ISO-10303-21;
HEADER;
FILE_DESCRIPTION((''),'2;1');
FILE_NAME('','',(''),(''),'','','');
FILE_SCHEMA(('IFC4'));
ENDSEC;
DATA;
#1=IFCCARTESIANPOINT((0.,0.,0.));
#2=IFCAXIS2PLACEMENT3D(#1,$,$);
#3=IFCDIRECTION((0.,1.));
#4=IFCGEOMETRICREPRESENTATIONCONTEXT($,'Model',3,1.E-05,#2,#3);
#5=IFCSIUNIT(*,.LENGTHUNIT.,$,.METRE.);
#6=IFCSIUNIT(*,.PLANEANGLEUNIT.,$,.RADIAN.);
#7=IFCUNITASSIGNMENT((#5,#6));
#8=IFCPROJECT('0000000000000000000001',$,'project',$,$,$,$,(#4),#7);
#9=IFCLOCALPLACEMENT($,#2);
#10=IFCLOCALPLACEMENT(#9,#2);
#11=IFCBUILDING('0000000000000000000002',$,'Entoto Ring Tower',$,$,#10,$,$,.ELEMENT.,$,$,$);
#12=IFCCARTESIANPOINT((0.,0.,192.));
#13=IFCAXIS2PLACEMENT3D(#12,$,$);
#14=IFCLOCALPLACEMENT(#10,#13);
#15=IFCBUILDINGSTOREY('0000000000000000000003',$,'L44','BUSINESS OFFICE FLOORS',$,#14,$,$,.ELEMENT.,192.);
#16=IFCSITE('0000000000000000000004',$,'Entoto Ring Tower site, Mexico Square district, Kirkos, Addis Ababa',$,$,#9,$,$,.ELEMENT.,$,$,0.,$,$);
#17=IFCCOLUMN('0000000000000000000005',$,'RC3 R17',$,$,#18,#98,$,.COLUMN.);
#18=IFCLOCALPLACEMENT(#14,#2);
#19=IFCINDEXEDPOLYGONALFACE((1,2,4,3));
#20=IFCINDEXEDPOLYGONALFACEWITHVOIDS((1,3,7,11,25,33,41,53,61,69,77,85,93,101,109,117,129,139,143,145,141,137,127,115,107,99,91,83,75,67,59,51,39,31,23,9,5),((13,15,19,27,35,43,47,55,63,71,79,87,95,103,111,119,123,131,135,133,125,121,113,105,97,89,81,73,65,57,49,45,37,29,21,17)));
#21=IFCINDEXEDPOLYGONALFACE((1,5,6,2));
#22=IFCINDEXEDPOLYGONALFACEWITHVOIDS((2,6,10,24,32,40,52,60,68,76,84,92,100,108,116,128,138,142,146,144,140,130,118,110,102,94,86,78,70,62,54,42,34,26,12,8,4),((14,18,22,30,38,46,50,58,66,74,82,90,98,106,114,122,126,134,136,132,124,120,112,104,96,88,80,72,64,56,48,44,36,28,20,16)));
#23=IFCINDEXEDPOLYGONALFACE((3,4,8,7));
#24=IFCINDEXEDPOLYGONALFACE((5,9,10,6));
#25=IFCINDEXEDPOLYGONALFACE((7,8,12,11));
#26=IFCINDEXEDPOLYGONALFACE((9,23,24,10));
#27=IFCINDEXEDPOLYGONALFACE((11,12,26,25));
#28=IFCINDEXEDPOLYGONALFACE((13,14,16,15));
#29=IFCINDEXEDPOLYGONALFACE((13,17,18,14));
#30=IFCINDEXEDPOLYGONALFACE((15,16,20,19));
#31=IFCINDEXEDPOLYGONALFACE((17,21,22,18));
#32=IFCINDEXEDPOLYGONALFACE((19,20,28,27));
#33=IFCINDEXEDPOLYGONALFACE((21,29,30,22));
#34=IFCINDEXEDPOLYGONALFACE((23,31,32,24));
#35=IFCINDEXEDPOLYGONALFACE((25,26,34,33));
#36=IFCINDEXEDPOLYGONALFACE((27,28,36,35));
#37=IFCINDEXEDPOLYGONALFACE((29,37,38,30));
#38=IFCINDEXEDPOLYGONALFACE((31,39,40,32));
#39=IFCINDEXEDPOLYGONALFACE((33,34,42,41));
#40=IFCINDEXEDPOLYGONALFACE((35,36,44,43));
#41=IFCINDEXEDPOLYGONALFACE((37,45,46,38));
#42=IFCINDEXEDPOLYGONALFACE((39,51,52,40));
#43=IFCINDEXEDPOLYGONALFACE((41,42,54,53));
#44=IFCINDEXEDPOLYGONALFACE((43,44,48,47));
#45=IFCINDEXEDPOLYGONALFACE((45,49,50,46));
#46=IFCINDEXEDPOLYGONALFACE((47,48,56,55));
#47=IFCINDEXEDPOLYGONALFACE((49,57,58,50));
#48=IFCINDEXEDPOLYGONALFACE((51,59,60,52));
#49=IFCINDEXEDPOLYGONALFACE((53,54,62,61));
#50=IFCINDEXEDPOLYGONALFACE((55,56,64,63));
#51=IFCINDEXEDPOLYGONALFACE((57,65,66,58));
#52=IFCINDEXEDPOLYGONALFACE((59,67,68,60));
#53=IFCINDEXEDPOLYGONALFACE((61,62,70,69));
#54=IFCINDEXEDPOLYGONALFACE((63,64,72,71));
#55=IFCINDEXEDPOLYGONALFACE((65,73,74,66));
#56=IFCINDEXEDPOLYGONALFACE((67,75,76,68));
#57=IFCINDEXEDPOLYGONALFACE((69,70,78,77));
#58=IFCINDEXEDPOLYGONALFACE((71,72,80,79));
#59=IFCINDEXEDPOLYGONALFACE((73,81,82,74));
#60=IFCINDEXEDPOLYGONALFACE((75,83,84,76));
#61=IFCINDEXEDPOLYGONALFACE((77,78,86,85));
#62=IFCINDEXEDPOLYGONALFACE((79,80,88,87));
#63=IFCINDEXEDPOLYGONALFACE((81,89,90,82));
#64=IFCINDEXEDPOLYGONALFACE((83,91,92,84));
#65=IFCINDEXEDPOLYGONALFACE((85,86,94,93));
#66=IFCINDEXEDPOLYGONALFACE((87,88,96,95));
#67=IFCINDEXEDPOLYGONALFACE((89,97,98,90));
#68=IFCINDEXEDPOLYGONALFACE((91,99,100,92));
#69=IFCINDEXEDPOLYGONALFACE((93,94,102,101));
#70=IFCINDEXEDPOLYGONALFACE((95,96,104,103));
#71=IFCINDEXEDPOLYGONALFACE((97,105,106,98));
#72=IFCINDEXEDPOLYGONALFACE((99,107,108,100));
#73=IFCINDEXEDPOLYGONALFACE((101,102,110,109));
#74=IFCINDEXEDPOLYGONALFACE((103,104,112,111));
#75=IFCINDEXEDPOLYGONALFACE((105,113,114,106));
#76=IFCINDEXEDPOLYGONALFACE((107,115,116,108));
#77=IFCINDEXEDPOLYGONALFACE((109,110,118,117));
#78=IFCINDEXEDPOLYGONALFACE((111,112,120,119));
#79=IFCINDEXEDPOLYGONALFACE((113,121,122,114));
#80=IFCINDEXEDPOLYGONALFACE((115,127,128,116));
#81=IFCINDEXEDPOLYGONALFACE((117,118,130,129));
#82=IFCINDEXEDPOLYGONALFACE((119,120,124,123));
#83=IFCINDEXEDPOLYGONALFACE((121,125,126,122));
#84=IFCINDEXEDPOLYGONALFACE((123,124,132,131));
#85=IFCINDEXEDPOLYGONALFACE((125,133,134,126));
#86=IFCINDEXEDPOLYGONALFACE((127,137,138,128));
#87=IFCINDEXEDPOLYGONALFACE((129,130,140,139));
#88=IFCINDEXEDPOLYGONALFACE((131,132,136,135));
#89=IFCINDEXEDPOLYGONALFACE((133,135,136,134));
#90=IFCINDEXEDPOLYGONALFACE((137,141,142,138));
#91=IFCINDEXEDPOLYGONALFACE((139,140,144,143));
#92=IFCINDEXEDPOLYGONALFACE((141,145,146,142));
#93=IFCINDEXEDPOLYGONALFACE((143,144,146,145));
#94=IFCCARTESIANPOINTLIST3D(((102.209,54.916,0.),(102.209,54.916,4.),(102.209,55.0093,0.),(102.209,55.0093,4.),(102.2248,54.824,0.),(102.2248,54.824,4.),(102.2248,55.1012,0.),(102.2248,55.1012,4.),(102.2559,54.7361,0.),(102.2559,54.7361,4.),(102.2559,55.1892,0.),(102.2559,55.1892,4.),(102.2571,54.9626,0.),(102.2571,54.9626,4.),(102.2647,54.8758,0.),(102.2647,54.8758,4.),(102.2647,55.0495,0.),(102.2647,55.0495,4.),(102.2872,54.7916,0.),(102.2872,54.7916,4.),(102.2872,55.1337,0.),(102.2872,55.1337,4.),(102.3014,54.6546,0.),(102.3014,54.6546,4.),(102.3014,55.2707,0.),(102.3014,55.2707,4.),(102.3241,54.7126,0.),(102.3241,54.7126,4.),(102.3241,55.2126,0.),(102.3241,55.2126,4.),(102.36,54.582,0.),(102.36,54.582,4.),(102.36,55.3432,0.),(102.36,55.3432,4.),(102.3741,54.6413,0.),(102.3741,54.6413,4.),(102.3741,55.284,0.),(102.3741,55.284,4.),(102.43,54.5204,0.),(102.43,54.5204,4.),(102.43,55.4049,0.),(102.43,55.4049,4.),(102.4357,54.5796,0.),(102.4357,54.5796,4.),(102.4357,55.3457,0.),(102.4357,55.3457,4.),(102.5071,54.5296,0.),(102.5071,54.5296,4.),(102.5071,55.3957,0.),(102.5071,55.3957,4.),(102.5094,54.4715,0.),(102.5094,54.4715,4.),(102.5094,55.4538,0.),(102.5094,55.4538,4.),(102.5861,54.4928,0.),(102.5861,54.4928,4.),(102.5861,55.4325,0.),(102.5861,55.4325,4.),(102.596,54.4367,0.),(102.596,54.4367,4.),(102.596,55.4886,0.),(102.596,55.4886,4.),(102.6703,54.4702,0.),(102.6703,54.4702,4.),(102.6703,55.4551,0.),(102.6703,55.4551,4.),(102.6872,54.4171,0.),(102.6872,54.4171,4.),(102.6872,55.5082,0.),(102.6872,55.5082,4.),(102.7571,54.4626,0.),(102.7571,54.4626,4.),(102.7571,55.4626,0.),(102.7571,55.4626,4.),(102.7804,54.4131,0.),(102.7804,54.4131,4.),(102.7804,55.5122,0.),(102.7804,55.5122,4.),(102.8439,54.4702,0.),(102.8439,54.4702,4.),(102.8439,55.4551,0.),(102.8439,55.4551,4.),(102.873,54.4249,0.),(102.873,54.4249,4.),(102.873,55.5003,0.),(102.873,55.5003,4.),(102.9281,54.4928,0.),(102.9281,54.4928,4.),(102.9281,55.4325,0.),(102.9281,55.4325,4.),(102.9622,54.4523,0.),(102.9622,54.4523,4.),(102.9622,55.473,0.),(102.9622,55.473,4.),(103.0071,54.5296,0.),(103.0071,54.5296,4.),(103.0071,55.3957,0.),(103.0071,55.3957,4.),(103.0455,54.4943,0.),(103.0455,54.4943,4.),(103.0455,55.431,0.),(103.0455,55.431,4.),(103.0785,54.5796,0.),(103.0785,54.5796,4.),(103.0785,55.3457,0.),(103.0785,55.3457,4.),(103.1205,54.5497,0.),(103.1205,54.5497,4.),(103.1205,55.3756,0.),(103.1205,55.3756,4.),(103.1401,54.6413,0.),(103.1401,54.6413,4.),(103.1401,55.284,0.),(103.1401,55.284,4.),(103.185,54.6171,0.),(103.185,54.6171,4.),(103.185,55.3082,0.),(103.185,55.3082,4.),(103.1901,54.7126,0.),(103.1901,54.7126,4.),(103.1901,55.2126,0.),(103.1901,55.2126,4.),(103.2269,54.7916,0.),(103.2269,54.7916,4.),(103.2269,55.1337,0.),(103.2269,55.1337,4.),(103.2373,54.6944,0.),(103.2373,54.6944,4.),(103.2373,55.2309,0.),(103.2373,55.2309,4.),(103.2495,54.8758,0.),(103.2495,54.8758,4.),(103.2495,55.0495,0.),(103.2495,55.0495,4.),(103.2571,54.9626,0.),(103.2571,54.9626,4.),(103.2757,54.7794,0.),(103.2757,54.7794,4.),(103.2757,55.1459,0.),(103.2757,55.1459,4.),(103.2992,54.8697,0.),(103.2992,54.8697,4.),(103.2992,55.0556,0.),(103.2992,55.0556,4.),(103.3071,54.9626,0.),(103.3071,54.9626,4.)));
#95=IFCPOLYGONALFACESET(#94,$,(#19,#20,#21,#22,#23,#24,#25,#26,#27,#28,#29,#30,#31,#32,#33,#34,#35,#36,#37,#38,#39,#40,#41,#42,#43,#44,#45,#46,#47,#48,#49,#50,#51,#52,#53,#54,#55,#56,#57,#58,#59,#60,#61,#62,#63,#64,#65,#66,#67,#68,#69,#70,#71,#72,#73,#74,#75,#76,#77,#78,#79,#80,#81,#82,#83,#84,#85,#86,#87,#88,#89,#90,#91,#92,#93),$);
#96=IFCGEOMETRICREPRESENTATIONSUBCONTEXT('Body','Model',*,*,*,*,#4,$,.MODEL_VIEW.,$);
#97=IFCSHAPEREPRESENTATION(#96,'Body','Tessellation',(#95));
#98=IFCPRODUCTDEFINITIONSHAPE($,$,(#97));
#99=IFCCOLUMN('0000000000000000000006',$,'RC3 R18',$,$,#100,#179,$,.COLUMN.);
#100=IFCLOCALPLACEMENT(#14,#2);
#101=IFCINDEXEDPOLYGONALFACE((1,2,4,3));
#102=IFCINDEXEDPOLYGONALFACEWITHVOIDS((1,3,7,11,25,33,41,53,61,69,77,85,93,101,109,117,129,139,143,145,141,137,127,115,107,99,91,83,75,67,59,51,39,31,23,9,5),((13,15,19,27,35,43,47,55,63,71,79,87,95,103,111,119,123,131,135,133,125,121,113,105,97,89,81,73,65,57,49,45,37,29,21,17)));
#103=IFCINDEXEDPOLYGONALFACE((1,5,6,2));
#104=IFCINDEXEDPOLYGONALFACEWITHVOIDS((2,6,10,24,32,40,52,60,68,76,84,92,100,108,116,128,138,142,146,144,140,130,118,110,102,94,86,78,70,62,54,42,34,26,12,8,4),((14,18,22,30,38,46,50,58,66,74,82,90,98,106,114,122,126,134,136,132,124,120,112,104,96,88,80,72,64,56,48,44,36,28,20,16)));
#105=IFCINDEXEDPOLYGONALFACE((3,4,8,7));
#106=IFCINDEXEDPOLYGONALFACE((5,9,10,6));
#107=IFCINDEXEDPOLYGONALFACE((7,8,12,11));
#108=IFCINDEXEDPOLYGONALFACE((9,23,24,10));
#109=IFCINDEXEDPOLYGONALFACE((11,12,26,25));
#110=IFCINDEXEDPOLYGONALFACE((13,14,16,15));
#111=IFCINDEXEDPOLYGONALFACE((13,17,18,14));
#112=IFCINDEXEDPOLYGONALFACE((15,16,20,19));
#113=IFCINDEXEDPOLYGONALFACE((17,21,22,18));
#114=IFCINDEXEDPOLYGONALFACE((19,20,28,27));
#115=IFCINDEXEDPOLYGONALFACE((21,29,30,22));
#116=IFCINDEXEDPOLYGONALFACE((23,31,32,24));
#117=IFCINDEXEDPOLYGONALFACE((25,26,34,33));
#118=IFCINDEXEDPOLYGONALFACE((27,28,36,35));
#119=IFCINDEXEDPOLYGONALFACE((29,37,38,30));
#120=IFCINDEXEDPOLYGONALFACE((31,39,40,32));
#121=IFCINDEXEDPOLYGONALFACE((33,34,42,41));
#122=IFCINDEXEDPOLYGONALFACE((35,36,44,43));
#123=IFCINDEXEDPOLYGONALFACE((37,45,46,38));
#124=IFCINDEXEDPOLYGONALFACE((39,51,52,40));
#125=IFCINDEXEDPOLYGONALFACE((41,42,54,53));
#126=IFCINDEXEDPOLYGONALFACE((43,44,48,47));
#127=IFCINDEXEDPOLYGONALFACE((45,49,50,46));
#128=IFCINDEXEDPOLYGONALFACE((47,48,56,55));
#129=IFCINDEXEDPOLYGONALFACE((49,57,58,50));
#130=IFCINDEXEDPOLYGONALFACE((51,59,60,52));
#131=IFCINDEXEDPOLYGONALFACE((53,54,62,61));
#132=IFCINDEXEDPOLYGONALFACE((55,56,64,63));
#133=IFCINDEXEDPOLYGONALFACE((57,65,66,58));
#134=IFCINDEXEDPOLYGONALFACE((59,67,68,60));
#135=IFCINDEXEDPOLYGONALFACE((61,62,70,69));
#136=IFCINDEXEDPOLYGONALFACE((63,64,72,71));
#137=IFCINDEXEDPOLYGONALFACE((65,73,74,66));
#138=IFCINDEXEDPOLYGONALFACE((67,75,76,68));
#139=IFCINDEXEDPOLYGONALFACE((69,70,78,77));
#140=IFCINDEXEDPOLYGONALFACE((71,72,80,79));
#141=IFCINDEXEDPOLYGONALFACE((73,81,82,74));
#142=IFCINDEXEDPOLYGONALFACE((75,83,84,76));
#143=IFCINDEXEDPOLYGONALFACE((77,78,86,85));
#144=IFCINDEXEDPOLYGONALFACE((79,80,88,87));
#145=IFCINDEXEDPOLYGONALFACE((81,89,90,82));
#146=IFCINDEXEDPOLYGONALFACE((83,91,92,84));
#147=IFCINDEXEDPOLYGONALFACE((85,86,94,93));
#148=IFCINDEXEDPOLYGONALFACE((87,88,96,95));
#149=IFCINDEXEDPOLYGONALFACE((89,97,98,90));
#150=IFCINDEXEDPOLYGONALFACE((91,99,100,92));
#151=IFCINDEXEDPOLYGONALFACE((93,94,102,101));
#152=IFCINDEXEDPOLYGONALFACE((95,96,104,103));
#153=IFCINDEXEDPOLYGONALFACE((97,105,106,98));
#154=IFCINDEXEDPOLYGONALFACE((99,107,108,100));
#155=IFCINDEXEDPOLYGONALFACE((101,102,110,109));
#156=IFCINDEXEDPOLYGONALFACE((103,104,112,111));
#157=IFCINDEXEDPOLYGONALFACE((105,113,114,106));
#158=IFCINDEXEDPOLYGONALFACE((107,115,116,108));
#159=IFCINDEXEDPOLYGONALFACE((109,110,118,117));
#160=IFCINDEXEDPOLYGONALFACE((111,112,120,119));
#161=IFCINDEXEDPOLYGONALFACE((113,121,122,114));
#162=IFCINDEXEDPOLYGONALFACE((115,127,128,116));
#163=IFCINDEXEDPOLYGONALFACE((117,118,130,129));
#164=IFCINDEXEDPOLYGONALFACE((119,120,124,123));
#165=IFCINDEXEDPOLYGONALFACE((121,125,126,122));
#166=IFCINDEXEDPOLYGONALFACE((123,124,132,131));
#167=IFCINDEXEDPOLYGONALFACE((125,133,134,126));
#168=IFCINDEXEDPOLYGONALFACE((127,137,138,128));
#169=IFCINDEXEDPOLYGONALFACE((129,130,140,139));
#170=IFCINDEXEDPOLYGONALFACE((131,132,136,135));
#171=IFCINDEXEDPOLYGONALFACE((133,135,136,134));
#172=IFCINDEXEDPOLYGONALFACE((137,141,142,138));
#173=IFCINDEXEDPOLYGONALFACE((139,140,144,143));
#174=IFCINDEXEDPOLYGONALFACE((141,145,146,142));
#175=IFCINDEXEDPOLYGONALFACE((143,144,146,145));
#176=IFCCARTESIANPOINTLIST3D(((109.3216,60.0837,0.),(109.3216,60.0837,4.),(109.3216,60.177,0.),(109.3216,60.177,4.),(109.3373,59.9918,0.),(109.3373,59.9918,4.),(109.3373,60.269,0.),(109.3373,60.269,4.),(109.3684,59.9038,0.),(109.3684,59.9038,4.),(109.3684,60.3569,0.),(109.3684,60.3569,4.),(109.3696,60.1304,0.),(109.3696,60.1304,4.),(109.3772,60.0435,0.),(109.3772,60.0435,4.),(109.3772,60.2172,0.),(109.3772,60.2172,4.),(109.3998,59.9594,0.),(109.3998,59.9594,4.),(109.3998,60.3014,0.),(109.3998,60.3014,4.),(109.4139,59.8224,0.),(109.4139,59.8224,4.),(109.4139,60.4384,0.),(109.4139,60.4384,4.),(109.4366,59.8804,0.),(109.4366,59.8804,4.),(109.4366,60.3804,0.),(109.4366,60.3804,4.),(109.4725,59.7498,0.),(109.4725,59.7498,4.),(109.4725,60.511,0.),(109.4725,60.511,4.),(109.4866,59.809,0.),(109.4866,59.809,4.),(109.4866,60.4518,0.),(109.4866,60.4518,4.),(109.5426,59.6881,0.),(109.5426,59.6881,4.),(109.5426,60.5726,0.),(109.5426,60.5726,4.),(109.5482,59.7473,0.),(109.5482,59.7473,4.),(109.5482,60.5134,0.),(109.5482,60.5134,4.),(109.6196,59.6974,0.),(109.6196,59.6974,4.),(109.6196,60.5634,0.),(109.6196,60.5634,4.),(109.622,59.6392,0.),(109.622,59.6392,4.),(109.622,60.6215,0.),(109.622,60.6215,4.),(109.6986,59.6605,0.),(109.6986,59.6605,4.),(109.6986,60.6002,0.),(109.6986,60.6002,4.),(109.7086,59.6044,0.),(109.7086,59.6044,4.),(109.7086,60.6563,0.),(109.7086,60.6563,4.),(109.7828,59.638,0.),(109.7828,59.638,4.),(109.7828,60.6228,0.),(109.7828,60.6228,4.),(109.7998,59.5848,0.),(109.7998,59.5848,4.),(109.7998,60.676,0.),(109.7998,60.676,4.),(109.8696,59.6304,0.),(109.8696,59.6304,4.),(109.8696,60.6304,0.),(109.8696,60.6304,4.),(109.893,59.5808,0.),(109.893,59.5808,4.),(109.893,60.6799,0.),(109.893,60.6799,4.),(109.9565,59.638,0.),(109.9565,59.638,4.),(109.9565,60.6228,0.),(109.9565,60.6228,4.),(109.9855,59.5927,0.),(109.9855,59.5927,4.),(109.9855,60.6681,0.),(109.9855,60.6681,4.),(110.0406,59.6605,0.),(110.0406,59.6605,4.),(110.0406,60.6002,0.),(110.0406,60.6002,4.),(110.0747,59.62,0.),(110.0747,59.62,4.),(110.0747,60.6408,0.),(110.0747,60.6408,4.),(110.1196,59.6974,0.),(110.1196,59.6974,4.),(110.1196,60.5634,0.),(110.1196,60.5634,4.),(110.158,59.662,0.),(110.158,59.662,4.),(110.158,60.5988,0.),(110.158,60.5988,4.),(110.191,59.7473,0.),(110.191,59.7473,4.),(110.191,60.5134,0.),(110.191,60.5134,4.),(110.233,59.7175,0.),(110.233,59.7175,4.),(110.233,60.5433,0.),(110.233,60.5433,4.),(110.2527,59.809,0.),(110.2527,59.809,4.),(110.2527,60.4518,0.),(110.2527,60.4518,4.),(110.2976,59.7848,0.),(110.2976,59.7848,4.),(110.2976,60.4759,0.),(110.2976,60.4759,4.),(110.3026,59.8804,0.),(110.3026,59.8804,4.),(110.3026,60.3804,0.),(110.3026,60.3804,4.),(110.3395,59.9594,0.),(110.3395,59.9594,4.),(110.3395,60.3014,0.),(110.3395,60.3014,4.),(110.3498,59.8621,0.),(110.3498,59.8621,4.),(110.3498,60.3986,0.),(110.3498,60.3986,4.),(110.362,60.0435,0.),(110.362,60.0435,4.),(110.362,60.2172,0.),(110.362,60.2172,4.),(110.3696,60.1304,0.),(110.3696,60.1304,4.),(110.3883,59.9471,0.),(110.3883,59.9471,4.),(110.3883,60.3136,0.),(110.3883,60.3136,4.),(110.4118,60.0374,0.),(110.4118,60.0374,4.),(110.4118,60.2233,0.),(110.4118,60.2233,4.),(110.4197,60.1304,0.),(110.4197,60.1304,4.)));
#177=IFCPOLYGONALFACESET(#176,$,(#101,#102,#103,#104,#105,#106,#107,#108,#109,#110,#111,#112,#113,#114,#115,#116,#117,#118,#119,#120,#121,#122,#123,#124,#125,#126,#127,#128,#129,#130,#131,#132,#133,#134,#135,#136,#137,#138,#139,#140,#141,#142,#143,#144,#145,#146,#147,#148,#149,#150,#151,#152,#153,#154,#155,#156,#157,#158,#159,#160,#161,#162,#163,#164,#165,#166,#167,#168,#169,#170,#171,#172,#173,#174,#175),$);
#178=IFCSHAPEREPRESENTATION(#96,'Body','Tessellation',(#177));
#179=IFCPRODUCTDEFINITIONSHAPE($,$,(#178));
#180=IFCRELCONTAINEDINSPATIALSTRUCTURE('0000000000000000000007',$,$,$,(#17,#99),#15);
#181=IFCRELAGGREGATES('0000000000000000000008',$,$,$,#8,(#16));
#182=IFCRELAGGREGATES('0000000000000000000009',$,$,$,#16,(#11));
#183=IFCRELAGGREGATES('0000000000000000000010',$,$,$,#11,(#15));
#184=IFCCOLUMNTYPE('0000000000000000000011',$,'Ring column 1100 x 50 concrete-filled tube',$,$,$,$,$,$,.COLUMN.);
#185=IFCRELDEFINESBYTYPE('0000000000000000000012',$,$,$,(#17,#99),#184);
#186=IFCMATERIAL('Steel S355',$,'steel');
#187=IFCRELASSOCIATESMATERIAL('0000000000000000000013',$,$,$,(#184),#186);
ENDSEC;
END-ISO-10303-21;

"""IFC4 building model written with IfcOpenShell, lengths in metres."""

from ifc_helpers import new_model, si_unit, direction, frame, origin, origin_2d, place, context, subcontext, project, spatial, circle, hollow_circle, extrude, material, material_profile, profile_set, type_object, element, save


model = new_model("IFC4")

# Units and contexts
model_context = context("Model", 3, precision=1e-05, world=origin(), true_north=direction((0.0, 1.0)))
body_context = subcontext(model_context, "Body", "Model", "MODEL_VIEW")
ifc_project = project(units=[si_unit("LENGTHUNIT", "METRE"), si_unit("PLANEANGLEUNIT", "RADIAN")], contexts=[model_context])

# Site, building, storey
site_placement = place(None, origin())
site = spatial("IfcSite", under=ifc_project, at=site_placement, Name="Entoto Ring Tower site, Mexico Square district, Kirkos, Addis Ababa", CompositionType="ELEMENT", RefElevation=0.0)
building_placement = place(site_placement, origin())
building = spatial("IfcBuilding", under=site, at=building_placement, Name="Entoto Ring Tower", CompositionType="ELEMENT")
storey_placement = place(building_placement, frame((0.0, 0.0, 192.0)))
storey = spatial("IfcBuildingStorey", under=building, at=storey_placement, Name="L44", Description="BUSINESS OFFICE FLOORS", CompositionType="ELEMENT", Elevation=192.0)

# Columns
ifc_material_1 = material(Name="Steel S355", Category="steel")
ifc_material_profile_1 = material_profile(ifc_material_1, hollow_circle(Radius=0.55, WallThickness=0.05, at=origin_2d()), Name="CHS 1100 x 50")
ifc_material_2 = material(Name="Concrete C60/75", Category="concrete")
ifc_material_profile_2 = material_profile(ifc_material_2, circle(Radius=0.5, at=origin_2d()), Name="Concrete C60/75 infill")
ifc_profile_set_1 = profile_set([ifc_material_profile_1, ifc_material_profile_2], Name="Steel S355")
column_type = type_object("IfcColumnType", Name="Ring column 1100 x 50 concrete-filled tube", PredefinedType="COLUMN", material=ifc_profile_set_1)
for number, where, z_axis, x_axis, name in (
    (1, (102.7571, 54.9626, 0.0), (0.0, 0.0, 1.0), (1.0, 0.0, 0.0), "RC3 R17"),
    (2, (109.8696, 60.1304, 0.0), (0.0, 0.0, 1.0), (1.0, 0.0, 0.0), "RC3 R18"),
):
    element("IfcColumn", number, at=place(storey_placement, frame(where, z_axis=z_axis, x_axis=x_axis)), inside=storey, type_object=column_type, Name=name, PredefinedType="COLUMN", context=body_context, shape_type="SweptSolid", body=[
        extrude(hollow_circle(Radius=0.55, WallThickness=0.05, at=origin_2d()), origin(), (0.0, 0.0, 1.0), 4.0),
    ])

save(model, "model.ifc")
